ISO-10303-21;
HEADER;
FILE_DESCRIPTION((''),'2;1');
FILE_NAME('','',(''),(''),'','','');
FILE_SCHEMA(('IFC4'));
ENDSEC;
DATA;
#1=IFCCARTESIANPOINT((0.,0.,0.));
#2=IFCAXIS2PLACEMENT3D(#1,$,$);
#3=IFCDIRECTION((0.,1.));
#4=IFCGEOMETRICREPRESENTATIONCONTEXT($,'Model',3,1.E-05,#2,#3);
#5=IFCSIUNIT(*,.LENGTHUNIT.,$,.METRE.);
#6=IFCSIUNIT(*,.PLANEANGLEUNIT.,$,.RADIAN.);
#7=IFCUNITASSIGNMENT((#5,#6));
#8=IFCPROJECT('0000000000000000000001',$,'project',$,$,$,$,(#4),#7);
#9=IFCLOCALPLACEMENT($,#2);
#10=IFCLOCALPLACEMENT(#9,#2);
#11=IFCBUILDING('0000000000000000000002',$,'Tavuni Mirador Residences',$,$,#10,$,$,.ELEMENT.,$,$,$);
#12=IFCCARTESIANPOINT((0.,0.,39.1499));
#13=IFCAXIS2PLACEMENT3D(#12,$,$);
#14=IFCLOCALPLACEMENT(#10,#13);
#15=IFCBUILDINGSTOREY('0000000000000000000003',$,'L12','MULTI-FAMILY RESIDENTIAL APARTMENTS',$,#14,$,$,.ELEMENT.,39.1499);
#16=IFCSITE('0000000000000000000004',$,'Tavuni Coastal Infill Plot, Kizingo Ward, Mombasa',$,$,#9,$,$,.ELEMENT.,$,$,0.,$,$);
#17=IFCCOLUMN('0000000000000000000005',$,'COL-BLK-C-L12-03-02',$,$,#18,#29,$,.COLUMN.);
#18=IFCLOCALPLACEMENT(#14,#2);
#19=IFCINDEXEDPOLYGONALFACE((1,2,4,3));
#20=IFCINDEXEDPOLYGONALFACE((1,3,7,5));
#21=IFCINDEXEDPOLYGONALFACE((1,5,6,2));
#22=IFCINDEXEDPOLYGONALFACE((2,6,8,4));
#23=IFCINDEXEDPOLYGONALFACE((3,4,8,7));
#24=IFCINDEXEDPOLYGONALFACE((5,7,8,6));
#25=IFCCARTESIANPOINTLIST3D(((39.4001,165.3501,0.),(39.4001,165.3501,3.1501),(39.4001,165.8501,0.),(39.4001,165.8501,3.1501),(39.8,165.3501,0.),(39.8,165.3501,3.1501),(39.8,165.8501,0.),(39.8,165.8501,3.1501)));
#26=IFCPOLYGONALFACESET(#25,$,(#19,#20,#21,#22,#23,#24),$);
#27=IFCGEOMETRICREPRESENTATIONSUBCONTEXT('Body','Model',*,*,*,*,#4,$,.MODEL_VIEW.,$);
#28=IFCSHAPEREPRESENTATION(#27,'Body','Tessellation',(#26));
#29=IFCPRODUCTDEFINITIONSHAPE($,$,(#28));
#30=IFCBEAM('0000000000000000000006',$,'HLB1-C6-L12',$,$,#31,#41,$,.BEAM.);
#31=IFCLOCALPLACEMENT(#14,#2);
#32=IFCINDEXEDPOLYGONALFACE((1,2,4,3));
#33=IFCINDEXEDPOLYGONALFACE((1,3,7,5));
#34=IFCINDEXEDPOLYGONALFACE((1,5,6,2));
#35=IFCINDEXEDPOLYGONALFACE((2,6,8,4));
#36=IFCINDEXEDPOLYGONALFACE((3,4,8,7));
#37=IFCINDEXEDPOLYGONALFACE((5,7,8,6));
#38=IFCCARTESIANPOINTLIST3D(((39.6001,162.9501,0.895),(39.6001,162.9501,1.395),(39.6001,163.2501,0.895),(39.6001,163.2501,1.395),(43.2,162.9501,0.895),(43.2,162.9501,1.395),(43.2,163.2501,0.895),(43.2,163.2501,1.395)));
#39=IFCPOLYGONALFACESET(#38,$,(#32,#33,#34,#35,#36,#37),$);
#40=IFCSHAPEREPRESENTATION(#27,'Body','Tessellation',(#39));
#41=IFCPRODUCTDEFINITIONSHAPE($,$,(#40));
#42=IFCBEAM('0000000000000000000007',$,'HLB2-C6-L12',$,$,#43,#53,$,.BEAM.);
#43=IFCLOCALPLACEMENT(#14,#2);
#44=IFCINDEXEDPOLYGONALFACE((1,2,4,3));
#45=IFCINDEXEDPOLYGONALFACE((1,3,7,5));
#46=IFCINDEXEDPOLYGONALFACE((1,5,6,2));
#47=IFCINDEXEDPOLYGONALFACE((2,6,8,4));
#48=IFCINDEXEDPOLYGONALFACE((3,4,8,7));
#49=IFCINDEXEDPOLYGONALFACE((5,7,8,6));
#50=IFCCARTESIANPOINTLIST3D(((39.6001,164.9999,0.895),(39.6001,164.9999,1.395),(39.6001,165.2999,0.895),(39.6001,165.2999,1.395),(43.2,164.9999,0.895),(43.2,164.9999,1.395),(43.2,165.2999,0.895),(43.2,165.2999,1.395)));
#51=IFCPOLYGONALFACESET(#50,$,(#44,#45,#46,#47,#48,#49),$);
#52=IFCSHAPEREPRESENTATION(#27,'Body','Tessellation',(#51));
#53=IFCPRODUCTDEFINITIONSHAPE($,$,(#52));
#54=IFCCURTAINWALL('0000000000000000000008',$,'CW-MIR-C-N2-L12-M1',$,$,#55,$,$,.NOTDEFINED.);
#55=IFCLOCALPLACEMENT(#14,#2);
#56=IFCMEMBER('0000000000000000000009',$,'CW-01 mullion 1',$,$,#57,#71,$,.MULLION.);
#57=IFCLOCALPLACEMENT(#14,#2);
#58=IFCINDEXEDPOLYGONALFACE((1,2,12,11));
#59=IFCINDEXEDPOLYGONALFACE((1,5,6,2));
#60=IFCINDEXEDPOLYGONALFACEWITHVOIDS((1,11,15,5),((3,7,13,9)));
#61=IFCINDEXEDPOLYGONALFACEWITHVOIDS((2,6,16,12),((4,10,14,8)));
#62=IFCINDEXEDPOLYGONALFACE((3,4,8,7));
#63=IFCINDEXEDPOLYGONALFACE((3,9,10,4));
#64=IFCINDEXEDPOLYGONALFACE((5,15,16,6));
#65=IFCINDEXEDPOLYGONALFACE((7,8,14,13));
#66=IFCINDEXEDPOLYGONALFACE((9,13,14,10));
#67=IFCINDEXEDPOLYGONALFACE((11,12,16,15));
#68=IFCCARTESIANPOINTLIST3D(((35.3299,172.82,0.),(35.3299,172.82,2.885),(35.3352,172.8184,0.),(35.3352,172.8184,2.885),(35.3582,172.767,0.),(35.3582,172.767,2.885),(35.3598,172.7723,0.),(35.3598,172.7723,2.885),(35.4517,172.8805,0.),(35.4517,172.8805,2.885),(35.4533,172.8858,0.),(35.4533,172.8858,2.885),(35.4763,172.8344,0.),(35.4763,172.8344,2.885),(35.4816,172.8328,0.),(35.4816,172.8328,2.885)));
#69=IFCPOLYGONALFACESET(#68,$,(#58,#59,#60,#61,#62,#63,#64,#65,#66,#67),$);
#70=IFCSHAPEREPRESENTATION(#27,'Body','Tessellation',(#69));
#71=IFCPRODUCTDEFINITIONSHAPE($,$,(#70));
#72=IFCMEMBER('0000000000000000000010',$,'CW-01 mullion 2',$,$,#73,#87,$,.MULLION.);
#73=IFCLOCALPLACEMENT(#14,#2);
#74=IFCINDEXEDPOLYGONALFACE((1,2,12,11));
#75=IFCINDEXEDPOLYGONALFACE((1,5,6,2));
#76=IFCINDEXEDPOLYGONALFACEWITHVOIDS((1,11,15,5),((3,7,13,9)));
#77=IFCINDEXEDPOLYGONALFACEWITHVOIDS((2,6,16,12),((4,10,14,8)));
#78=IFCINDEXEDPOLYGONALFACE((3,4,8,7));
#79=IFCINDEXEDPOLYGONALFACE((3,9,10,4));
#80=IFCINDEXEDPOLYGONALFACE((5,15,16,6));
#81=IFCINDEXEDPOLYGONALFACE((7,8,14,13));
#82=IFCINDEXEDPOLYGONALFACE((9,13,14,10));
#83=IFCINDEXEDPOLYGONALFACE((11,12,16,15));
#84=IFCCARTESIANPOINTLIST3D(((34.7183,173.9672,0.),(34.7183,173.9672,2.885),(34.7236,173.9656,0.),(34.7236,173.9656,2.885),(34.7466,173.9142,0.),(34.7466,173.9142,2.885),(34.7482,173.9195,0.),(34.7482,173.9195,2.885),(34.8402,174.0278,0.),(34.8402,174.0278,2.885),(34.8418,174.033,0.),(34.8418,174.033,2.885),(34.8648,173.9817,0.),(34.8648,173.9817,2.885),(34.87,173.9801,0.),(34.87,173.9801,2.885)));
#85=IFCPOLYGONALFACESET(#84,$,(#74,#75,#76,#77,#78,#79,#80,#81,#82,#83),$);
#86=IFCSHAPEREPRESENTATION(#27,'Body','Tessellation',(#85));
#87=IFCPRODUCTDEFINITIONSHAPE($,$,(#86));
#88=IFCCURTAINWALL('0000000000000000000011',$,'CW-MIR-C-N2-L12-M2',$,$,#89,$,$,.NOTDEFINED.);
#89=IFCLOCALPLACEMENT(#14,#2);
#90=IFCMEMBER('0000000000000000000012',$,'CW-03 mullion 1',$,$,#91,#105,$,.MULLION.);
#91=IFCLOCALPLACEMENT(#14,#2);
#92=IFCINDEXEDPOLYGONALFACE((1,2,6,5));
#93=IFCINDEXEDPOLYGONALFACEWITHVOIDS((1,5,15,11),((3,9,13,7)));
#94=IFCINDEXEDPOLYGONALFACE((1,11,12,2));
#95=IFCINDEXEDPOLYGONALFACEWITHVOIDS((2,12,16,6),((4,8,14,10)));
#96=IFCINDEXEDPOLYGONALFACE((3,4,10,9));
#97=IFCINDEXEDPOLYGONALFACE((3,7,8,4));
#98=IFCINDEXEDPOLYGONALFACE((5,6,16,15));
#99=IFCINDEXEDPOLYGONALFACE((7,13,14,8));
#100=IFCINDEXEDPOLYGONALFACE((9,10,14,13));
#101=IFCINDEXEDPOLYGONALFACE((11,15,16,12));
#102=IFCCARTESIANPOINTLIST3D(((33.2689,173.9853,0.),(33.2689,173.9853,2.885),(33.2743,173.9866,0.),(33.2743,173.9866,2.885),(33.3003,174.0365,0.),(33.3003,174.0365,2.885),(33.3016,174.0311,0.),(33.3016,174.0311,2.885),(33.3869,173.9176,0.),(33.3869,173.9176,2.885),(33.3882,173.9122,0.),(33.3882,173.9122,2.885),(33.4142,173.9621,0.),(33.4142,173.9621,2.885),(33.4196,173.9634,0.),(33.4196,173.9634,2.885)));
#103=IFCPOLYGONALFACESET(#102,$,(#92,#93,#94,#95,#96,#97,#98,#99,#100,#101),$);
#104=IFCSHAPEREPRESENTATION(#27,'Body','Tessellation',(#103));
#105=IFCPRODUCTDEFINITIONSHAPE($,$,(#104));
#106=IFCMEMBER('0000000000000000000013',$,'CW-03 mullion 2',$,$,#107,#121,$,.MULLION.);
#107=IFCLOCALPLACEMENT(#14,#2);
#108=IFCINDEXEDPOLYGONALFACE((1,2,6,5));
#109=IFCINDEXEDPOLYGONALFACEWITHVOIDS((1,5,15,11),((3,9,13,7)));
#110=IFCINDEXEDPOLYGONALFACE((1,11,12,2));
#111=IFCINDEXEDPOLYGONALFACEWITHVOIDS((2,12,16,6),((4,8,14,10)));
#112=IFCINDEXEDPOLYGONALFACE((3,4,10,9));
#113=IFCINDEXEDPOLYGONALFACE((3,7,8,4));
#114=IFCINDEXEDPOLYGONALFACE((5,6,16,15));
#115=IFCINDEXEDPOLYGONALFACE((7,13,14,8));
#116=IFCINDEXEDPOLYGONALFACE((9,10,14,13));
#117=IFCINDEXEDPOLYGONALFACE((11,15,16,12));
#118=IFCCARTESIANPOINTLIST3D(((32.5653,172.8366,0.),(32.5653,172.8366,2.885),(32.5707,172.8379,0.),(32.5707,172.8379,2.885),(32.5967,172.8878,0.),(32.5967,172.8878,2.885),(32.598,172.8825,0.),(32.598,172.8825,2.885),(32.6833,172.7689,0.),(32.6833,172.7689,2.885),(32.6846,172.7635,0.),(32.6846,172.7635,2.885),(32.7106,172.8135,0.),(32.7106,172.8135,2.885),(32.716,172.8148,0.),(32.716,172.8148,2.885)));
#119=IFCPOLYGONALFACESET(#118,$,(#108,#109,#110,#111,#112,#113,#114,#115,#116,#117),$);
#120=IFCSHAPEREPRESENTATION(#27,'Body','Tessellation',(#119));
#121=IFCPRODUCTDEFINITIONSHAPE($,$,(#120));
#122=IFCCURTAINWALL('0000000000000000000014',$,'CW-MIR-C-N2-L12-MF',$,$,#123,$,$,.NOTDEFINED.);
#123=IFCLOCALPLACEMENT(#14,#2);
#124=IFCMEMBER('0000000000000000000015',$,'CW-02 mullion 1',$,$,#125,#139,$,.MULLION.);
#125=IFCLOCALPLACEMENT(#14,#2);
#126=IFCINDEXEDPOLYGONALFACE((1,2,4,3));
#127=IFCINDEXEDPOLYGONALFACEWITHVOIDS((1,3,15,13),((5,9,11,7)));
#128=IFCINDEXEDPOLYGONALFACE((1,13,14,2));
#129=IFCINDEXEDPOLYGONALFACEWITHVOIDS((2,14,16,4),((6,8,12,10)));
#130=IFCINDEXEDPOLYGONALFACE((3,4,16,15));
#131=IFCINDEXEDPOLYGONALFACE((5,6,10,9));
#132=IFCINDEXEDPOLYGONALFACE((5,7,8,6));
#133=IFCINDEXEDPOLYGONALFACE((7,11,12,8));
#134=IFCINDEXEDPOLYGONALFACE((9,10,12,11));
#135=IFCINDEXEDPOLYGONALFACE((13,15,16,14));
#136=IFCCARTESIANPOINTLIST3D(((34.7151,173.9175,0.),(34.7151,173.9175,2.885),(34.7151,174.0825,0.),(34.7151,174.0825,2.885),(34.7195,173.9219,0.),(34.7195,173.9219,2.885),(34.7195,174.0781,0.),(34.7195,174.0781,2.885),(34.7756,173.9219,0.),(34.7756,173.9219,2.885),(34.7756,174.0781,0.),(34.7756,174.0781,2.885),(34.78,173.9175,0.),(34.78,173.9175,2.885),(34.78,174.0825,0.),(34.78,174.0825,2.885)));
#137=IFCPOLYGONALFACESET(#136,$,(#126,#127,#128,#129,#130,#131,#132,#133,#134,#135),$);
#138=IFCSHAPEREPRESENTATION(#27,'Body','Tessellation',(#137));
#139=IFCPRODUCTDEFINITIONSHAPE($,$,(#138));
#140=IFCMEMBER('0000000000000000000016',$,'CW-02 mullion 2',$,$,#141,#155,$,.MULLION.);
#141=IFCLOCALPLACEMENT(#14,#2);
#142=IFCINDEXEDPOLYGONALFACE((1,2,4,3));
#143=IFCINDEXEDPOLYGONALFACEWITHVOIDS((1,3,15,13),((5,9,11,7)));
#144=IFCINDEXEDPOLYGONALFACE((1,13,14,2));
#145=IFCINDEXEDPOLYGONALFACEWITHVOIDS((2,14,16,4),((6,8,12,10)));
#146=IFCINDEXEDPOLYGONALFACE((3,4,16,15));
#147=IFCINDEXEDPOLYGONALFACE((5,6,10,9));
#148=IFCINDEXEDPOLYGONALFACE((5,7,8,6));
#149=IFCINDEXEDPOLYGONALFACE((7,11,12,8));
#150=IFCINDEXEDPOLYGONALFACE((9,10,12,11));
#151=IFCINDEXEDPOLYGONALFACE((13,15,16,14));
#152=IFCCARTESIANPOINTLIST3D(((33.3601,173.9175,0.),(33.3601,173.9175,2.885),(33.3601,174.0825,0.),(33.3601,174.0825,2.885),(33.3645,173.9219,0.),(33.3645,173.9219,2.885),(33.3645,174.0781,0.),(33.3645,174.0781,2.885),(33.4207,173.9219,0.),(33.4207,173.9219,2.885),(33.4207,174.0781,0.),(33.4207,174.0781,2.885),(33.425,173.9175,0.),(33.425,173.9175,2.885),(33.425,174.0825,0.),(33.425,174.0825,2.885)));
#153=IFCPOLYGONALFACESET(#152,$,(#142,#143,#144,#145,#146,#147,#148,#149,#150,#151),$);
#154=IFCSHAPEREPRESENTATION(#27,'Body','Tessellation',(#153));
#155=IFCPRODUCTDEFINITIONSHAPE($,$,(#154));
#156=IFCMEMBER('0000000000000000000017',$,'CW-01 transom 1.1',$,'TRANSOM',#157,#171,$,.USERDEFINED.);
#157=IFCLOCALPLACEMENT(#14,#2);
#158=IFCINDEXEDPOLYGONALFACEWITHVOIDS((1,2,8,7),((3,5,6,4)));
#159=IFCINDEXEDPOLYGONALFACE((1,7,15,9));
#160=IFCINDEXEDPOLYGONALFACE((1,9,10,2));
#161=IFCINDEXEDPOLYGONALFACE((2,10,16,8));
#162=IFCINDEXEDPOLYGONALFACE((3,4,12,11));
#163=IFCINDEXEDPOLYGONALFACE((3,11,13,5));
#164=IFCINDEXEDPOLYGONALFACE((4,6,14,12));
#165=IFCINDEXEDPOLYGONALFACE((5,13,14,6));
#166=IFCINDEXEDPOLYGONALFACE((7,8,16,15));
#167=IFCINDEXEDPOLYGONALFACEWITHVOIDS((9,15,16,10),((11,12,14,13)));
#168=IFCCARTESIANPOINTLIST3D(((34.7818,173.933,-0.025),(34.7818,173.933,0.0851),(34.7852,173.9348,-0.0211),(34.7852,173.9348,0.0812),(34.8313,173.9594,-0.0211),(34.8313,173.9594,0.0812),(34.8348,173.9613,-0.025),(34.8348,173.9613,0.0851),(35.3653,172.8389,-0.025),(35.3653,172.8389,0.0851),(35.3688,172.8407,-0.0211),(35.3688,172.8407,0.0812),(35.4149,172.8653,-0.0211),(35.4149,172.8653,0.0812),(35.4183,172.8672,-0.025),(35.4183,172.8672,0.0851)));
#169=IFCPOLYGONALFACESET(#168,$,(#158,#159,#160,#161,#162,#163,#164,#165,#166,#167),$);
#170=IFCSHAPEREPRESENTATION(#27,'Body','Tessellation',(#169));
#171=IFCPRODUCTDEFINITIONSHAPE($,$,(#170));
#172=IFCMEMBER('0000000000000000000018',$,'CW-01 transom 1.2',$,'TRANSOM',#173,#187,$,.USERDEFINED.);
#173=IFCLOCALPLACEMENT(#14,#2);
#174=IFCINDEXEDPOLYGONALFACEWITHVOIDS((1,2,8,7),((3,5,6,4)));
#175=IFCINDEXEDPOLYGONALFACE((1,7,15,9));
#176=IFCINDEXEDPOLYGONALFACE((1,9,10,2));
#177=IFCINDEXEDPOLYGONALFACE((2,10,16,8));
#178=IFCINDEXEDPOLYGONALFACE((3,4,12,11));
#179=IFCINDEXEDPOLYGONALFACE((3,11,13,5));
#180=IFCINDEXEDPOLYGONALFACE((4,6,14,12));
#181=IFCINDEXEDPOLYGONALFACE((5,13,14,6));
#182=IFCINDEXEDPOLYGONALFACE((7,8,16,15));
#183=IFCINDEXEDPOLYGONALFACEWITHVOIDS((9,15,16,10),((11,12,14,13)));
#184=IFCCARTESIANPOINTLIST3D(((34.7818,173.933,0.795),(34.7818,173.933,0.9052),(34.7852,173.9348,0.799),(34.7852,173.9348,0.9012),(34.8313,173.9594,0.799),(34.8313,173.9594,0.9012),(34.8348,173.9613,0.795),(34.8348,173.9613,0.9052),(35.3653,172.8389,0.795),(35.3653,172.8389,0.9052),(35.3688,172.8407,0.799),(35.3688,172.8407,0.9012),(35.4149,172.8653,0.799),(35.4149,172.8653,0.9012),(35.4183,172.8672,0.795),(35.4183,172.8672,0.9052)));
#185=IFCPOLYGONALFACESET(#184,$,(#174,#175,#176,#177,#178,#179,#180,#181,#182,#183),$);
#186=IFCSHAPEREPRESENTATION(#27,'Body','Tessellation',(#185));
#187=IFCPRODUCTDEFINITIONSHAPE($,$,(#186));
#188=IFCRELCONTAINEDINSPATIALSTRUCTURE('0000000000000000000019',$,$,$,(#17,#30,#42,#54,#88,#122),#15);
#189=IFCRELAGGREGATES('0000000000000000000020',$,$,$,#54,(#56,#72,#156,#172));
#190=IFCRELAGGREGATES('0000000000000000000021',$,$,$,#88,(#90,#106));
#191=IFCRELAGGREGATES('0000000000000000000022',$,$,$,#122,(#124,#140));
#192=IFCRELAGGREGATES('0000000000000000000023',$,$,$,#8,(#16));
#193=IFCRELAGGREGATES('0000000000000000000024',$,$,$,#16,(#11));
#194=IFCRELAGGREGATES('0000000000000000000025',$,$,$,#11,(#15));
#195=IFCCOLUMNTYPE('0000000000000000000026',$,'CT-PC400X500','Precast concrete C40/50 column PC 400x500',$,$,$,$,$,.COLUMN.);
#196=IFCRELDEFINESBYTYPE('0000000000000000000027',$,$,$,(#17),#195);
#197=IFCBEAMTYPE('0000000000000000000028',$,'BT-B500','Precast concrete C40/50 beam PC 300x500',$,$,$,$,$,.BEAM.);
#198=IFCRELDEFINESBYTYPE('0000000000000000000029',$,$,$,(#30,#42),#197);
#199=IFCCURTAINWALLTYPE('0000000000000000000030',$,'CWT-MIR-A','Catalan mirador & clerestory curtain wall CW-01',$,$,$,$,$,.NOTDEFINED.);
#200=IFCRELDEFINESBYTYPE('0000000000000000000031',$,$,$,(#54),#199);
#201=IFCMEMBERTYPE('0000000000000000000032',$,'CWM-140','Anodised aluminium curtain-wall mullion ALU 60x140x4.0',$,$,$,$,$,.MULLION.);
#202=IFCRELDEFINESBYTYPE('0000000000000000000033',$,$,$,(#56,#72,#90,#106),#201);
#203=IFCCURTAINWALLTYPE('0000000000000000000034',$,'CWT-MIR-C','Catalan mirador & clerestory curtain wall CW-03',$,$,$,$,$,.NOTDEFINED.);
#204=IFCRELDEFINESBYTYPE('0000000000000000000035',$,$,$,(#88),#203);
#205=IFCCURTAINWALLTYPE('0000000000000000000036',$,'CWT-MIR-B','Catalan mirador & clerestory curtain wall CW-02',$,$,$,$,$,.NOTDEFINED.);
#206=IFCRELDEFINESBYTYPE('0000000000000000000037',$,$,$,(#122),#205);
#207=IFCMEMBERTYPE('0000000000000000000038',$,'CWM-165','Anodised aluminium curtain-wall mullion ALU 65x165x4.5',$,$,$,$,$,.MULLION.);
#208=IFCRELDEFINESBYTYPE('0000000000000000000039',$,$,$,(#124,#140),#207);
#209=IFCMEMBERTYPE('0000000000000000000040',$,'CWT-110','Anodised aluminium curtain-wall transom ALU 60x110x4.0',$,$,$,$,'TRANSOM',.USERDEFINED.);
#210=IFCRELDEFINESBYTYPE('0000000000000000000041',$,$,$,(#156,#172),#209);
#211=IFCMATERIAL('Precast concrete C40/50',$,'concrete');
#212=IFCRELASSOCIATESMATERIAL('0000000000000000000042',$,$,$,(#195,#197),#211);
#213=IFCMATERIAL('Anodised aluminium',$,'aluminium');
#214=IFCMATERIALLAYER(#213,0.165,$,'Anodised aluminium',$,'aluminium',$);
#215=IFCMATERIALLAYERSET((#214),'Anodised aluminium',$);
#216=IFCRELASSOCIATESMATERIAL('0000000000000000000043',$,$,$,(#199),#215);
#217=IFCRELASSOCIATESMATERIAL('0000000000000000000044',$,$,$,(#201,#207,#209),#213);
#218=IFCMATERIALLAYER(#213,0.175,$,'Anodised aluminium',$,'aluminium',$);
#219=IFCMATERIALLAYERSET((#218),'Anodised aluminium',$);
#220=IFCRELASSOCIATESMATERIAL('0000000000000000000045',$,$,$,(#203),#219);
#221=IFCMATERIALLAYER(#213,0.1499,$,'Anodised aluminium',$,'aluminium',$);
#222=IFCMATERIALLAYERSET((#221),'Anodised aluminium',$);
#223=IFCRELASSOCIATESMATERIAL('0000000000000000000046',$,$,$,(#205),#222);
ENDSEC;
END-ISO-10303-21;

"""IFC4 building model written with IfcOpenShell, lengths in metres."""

from ifc_helpers import new_model, si_unit, direction, frame, origin, origin_2d, place, context, subcontext, project, spatial, rectangle, hollow_rectangle, extrude, material, layer, layer_set, material_profile, profile_set, type_object, element, aggregate, save


model = new_model("IFC4")

# Units and contexts
model_context = context("Model", 3, precision=1e-05, world=origin(), true_north=direction((0.0, 1.0)))
body_context = subcontext(model_context, "Body", "Model", "MODEL_VIEW")
ifc_project = project(units=[si_unit("LENGTHUNIT", "METRE"), si_unit("PLANEANGLEUNIT", "RADIAN")], contexts=[model_context])

# Site, building, storey
site_placement = place(None, origin())
site = spatial("IfcSite", under=ifc_project, at=site_placement, Name="Tavuni Coastal Infill Plot, Kizingo Ward, Mombasa", CompositionType="ELEMENT", RefElevation=0.0)
building_placement = place(site_placement, origin())
building = spatial("IfcBuilding", under=site, at=building_placement, Name="Tavuni Mirador Residences", CompositionType="ELEMENT")
storey_placement = place(building_placement, frame((0.0, 0.0, 39.1499)))
storey = spatial("IfcBuildingStorey", under=building, at=storey_placement, Name="L12", Description="MULTI-FAMILY RESIDENTIAL APARTMENTS", CompositionType="ELEMENT", Elevation=39.1499)

# Column
ifc_material_1 = material(Name="Precast concrete C40/50", Category="concrete")
ifc_material_profile_1 = material_profile(ifc_material_1, rectangle(XDim=0.3999, YDim=0.5, at=origin_2d()), Name="PC 400x500", Category="concrete")
ifc_profile_set_1 = profile_set([ifc_material_profile_1], Name="Precast concrete C40/50")
column_type = type_object("IfcColumnType", Name="CT-PC400X500", Description="Precast concrete C40/50 column PC 400x500", PredefinedType="COLUMN", material=ifc_profile_set_1)
column_placement = place(storey_placement, frame((39.6001, 165.6001, 0.0), z_axis=(0.0, 0.0, 1.0), x_axis=(1.0, 0.0, 0.0)))
element("IfcColumn", 1, at=column_placement, inside=storey, type_object=column_type, Name="COL-BLK-C-L12-03-02", PredefinedType="COLUMN", context=body_context, shape_type="SweptSolid", body=[
    extrude(rectangle(XDim=0.3999, YDim=0.5, at=origin_2d()), origin(), (0.0, 0.0, 1.0), 3.1501),
])

# Beams
ifc_material_profile_2 = material_profile(ifc_material_1, rectangle(XDim=0.3, YDim=0.5, at=origin_2d()), Name="PC 300x500", Category="concrete")
ifc_profile_set_2 = profile_set([ifc_material_profile_2], Name="Precast concrete C40/50")
beam_type = type_object("IfcBeamType", Name="BT-B500", Description="Precast concrete C40/50 beam PC 300x500", PredefinedType="BEAM", material=ifc_profile_set_2)
for number, where, z_axis, x_axis, name in (
    (2, (39.6001, 163.1001, 1.145), (1.0, 0.0, 0.0), (0.0, 1.0, 0.0), "HLB1-C6-L12"),
    (3, (39.6001, 165.1499, 1.145), (1.0, 0.0, 0.0), (0.0, 1.0, 0.0), "HLB2-C6-L12"),
):
    element("IfcBeam", number, at=place(storey_placement, frame(where, z_axis=z_axis, x_axis=x_axis)), inside=storey, type_object=beam_type, Name=name, PredefinedType="BEAM", context=body_context, shape_type="SweptSolid", body=[
        extrude(rectangle(XDim=0.3, YDim=0.5, at=origin_2d()), origin(), (0.0, 0.0, 1.0), 3.5999),
    ])

# Curtain walls, members
ifc_material_2 = material(Name="Anodised aluminium", Category="aluminium")
ifc_layer_1 = layer(ifc_material_2, 0.165, Name="Anodised aluminium", Category="aluminium")
ifc_layer_set_1 = layer_set([ifc_layer_1], Name="Anodised aluminium")
curtain_wall_type_1 = type_object("IfcCurtainWallType", Name="CWT-MIR-A", Description="Catalan mirador & clerestory curtain wall CW-01", PredefinedType="NOTDEFINED", material=ifc_layer_set_1)
curtain_wall_1_placement = place(storey_placement, origin())
curtain_wall_1 = element("IfcCurtainWall", 4, at=curtain_wall_1_placement, inside=storey, type_object=curtain_wall_type_1, Name="CW-MIR-C-N2-L12-M1", PredefinedType="NOTDEFINED")
ifc_material_profile_3 = material_profile(ifc_material_2, hollow_rectangle(XDim=0.0601, YDim=0.1399, WallThickness=0.0039, at=origin_2d()), Name="ALU 60x140x4.0", Category="aluminium")
ifc_profile_set_3 = profile_set([ifc_material_profile_3], Name="Anodised aluminium")
member_type_1 = type_object("IfcMemberType", Name="CWM-140", Description="Anodised aluminium curtain-wall mullion ALU 60x140x4.0", PredefinedType="MULLION", material=ifc_profile_set_3)
member_1_placement = place(storey_placement, frame((35.4058, 172.8264, 0.0), z_axis=(0.0, 0.0, 1.0), x_axis=(-0.470588, 0.882353, 0.0)))
member_1 = element("IfcMember", 5, at=member_1_placement, type_object=member_type_1, Name="CW-01 mullion 1", PredefinedType="MULLION", context=body_context, shape_type="SweptSolid", body=[
    extrude(hollow_rectangle(XDim=0.0601, YDim=0.1399, WallThickness=0.0039, at=origin_2d()), origin(), (0.0, 0.0, 1.0), 2.885),
])
member_2_placement = place(storey_placement, frame((34.7942, 173.9736, 0.0), z_axis=(0.0, 0.0, 1.0), x_axis=(-0.470588, 0.882353, 0.0)))
member_2 = element("IfcMember", 6, at=member_2_placement, type_object=member_type_1, Name="CW-01 mullion 2", PredefinedType="MULLION", context=body_context, shape_type="SweptSolid", body=[
    extrude(hollow_rectangle(XDim=0.0601, YDim=0.1399, WallThickness=0.0039, at=origin_2d()), origin(), (0.0, 0.0, 1.0), 2.885),
])
ifc_layer_2 = layer(ifc_material_2, 0.175, Name="Anodised aluminium", Category="aluminium")
ifc_layer_set_2 = layer_set([ifc_layer_2], Name="Anodised aluminium")
curtain_wall_type_2 = type_object("IfcCurtainWallType", Name="CWT-MIR-C", Description="Catalan mirador & clerestory curtain wall CW-03", PredefinedType="NOTDEFINED", material=ifc_layer_set_2)
curtain_wall_2_placement = place(storey_placement, origin())
curtain_wall_2 = element("IfcCurtainWall", 7, at=curtain_wall_2_placement, inside=storey, type_object=curtain_wall_type_2, Name="CW-MIR-C-N2-L12-M2", PredefinedType="NOTDEFINED")
member_3_placement = place(storey_placement, frame((33.3442, 173.9744, 0.0), z_axis=(0.0, 0.0, 1.0), x_axis=(-0.522312, -0.852754, 0.0)))
member_3 = element("IfcMember", 8, at=member_3_placement, type_object=member_type_1, Name="CW-03 mullion 1", PredefinedType="MULLION", context=body_context, shape_type="SweptSolid", body=[
    extrude(hollow_rectangle(XDim=0.0601, YDim=0.1399, WallThickness=0.0039, at=origin_2d()), origin(), (0.0, 0.0, 1.0), 2.885),
])
member_4_placement = place(storey_placement, frame((32.6406, 172.8257, 0.0), z_axis=(0.0, 0.0, 1.0), x_axis=(-0.522312, -0.852754, 0.0)))
member_4 = element("IfcMember", 9, at=member_4_placement, type_object=member_type_1, Name="CW-03 mullion 2", PredefinedType="MULLION", context=body_context, shape_type="SweptSolid", body=[
    extrude(hollow_rectangle(XDim=0.0601, YDim=0.1399, WallThickness=0.0039, at=origin_2d()), origin(), (0.0, 0.0, 1.0), 2.885),
])
ifc_layer_3 = layer(ifc_material_2, 0.1499, Name="Anodised aluminium", Category="aluminium")
ifc_layer_set_3 = layer_set([ifc_layer_3], Name="Anodised aluminium")
curtain_wall_type_3 = type_object("IfcCurtainWallType", Name="CWT-MIR-B", Description="Catalan mirador & clerestory curtain wall CW-02", PredefinedType="NOTDEFINED", material=ifc_layer_set_3)
curtain_wall_3_placement = place(storey_placement, origin())
curtain_wall_3 = element("IfcCurtainWall", 10, at=curtain_wall_3_placement, inside=storey, type_object=curtain_wall_type_3, Name="CW-MIR-C-N2-L12-MF", PredefinedType="NOTDEFINED")
ifc_material_profile_4 = material_profile(ifc_material_2, hollow_rectangle(XDim=0.0649, YDim=0.165, WallThickness=0.0044, at=origin_2d()), Name="ALU 65x165x4.5", Category="aluminium")
ifc_profile_set_4 = profile_set([ifc_material_profile_4], Name="Anodised aluminium")
member_type_2 = type_object("IfcMemberType", Name="CWM-165", Description="Anodised aluminium curtain-wall mullion ALU 65x165x4.5", PredefinedType="MULLION", material=ifc_profile_set_4)
member_5_placement = place(storey_placement, frame((34.7476, 174.0, 0.0), z_axis=(0.0, 0.0, 1.0), x_axis=(-1.0, 0.0, 0.0)))
member_5 = element("IfcMember", 11, at=member_5_placement, type_object=member_type_2, Name="CW-02 mullion 1", PredefinedType="MULLION", context=body_context, shape_type="SweptSolid", body=[
    extrude(hollow_rectangle(XDim=0.0649, YDim=0.165, WallThickness=0.0044, at=origin_2d()), origin(), (0.0, 0.0, 1.0), 2.885),
])
member_6_placement = place(storey_placement, frame((33.3926, 174.0, 0.0), z_axis=(0.0, 0.0, 1.0), x_axis=(-1.0, 0.0, 0.0)))
member_6 = element("IfcMember", 12, at=member_6_placement, type_object=member_type_2, Name="CW-02 mullion 2", PredefinedType="MULLION", context=body_context, shape_type="SweptSolid", body=[
    extrude(hollow_rectangle(XDim=0.0649, YDim=0.165, WallThickness=0.0044, at=origin_2d()), origin(), (0.0, 0.0, 1.0), 2.885),
])

# Members
ifc_material_profile_5 = material_profile(ifc_material_2, hollow_rectangle(XDim=0.0601, YDim=0.1101, WallThickness=0.0039, at=origin_2d()), Name="ALU 60x110x4.0", Category="aluminium")
ifc_profile_set_5 = profile_set([ifc_material_profile_5], Name="Anodised aluminium")
member_type_3 = type_object("IfcMemberType", Name="CWT-110", Description="Anodised aluminium curtain-wall transom ALU 60x110x4.0", ElementType="TRANSOM", PredefinedType="USERDEFINED", material=ifc_profile_set_5)
member_7_placement = place(storey_placement, frame((35.3918, 172.853, 0.03), z_axis=(-0.470609, 0.882342, 0.0), x_axis=(-0.882342, -0.470609, 0.0)))
member_7 = element("IfcMember", 13, at=member_7_placement, type_object=member_type_3, Name="CW-01 transom 1.1", ObjectType="TRANSOM", PredefinedType="USERDEFINED", context=body_context, shape_type="SweptSolid", body=[
    extrude(hollow_rectangle(XDim=0.0601, YDim=0.1101, WallThickness=0.0039, at=origin_2d()), origin(), (0.0, 0.0, 1.0), 1.24),
])
member_8_placement = place(storey_placement, frame((35.3918, 172.853, 0.8501), z_axis=(-0.470609, 0.882342, 0.0), x_axis=(-0.882342, -0.470609, 0.0)))
member_8 = element("IfcMember", 14, at=member_8_placement, type_object=member_type_3, Name="CW-01 transom 1.2", ObjectType="TRANSOM", PredefinedType="USERDEFINED", context=body_context, shape_type="SweptSolid", body=[
    extrude(hollow_rectangle(XDim=0.0601, YDim=0.1101, WallThickness=0.0039, at=origin_2d()), origin(), (0.0, 0.0, 1.0), 1.24),
])

aggregate(curtain_wall_1, [member_1, member_2, member_7, member_8])
aggregate(curtain_wall_2, [member_3, member_4])
aggregate(curtain_wall_3, [member_5, member_6])

save(model, "model.ifc")
